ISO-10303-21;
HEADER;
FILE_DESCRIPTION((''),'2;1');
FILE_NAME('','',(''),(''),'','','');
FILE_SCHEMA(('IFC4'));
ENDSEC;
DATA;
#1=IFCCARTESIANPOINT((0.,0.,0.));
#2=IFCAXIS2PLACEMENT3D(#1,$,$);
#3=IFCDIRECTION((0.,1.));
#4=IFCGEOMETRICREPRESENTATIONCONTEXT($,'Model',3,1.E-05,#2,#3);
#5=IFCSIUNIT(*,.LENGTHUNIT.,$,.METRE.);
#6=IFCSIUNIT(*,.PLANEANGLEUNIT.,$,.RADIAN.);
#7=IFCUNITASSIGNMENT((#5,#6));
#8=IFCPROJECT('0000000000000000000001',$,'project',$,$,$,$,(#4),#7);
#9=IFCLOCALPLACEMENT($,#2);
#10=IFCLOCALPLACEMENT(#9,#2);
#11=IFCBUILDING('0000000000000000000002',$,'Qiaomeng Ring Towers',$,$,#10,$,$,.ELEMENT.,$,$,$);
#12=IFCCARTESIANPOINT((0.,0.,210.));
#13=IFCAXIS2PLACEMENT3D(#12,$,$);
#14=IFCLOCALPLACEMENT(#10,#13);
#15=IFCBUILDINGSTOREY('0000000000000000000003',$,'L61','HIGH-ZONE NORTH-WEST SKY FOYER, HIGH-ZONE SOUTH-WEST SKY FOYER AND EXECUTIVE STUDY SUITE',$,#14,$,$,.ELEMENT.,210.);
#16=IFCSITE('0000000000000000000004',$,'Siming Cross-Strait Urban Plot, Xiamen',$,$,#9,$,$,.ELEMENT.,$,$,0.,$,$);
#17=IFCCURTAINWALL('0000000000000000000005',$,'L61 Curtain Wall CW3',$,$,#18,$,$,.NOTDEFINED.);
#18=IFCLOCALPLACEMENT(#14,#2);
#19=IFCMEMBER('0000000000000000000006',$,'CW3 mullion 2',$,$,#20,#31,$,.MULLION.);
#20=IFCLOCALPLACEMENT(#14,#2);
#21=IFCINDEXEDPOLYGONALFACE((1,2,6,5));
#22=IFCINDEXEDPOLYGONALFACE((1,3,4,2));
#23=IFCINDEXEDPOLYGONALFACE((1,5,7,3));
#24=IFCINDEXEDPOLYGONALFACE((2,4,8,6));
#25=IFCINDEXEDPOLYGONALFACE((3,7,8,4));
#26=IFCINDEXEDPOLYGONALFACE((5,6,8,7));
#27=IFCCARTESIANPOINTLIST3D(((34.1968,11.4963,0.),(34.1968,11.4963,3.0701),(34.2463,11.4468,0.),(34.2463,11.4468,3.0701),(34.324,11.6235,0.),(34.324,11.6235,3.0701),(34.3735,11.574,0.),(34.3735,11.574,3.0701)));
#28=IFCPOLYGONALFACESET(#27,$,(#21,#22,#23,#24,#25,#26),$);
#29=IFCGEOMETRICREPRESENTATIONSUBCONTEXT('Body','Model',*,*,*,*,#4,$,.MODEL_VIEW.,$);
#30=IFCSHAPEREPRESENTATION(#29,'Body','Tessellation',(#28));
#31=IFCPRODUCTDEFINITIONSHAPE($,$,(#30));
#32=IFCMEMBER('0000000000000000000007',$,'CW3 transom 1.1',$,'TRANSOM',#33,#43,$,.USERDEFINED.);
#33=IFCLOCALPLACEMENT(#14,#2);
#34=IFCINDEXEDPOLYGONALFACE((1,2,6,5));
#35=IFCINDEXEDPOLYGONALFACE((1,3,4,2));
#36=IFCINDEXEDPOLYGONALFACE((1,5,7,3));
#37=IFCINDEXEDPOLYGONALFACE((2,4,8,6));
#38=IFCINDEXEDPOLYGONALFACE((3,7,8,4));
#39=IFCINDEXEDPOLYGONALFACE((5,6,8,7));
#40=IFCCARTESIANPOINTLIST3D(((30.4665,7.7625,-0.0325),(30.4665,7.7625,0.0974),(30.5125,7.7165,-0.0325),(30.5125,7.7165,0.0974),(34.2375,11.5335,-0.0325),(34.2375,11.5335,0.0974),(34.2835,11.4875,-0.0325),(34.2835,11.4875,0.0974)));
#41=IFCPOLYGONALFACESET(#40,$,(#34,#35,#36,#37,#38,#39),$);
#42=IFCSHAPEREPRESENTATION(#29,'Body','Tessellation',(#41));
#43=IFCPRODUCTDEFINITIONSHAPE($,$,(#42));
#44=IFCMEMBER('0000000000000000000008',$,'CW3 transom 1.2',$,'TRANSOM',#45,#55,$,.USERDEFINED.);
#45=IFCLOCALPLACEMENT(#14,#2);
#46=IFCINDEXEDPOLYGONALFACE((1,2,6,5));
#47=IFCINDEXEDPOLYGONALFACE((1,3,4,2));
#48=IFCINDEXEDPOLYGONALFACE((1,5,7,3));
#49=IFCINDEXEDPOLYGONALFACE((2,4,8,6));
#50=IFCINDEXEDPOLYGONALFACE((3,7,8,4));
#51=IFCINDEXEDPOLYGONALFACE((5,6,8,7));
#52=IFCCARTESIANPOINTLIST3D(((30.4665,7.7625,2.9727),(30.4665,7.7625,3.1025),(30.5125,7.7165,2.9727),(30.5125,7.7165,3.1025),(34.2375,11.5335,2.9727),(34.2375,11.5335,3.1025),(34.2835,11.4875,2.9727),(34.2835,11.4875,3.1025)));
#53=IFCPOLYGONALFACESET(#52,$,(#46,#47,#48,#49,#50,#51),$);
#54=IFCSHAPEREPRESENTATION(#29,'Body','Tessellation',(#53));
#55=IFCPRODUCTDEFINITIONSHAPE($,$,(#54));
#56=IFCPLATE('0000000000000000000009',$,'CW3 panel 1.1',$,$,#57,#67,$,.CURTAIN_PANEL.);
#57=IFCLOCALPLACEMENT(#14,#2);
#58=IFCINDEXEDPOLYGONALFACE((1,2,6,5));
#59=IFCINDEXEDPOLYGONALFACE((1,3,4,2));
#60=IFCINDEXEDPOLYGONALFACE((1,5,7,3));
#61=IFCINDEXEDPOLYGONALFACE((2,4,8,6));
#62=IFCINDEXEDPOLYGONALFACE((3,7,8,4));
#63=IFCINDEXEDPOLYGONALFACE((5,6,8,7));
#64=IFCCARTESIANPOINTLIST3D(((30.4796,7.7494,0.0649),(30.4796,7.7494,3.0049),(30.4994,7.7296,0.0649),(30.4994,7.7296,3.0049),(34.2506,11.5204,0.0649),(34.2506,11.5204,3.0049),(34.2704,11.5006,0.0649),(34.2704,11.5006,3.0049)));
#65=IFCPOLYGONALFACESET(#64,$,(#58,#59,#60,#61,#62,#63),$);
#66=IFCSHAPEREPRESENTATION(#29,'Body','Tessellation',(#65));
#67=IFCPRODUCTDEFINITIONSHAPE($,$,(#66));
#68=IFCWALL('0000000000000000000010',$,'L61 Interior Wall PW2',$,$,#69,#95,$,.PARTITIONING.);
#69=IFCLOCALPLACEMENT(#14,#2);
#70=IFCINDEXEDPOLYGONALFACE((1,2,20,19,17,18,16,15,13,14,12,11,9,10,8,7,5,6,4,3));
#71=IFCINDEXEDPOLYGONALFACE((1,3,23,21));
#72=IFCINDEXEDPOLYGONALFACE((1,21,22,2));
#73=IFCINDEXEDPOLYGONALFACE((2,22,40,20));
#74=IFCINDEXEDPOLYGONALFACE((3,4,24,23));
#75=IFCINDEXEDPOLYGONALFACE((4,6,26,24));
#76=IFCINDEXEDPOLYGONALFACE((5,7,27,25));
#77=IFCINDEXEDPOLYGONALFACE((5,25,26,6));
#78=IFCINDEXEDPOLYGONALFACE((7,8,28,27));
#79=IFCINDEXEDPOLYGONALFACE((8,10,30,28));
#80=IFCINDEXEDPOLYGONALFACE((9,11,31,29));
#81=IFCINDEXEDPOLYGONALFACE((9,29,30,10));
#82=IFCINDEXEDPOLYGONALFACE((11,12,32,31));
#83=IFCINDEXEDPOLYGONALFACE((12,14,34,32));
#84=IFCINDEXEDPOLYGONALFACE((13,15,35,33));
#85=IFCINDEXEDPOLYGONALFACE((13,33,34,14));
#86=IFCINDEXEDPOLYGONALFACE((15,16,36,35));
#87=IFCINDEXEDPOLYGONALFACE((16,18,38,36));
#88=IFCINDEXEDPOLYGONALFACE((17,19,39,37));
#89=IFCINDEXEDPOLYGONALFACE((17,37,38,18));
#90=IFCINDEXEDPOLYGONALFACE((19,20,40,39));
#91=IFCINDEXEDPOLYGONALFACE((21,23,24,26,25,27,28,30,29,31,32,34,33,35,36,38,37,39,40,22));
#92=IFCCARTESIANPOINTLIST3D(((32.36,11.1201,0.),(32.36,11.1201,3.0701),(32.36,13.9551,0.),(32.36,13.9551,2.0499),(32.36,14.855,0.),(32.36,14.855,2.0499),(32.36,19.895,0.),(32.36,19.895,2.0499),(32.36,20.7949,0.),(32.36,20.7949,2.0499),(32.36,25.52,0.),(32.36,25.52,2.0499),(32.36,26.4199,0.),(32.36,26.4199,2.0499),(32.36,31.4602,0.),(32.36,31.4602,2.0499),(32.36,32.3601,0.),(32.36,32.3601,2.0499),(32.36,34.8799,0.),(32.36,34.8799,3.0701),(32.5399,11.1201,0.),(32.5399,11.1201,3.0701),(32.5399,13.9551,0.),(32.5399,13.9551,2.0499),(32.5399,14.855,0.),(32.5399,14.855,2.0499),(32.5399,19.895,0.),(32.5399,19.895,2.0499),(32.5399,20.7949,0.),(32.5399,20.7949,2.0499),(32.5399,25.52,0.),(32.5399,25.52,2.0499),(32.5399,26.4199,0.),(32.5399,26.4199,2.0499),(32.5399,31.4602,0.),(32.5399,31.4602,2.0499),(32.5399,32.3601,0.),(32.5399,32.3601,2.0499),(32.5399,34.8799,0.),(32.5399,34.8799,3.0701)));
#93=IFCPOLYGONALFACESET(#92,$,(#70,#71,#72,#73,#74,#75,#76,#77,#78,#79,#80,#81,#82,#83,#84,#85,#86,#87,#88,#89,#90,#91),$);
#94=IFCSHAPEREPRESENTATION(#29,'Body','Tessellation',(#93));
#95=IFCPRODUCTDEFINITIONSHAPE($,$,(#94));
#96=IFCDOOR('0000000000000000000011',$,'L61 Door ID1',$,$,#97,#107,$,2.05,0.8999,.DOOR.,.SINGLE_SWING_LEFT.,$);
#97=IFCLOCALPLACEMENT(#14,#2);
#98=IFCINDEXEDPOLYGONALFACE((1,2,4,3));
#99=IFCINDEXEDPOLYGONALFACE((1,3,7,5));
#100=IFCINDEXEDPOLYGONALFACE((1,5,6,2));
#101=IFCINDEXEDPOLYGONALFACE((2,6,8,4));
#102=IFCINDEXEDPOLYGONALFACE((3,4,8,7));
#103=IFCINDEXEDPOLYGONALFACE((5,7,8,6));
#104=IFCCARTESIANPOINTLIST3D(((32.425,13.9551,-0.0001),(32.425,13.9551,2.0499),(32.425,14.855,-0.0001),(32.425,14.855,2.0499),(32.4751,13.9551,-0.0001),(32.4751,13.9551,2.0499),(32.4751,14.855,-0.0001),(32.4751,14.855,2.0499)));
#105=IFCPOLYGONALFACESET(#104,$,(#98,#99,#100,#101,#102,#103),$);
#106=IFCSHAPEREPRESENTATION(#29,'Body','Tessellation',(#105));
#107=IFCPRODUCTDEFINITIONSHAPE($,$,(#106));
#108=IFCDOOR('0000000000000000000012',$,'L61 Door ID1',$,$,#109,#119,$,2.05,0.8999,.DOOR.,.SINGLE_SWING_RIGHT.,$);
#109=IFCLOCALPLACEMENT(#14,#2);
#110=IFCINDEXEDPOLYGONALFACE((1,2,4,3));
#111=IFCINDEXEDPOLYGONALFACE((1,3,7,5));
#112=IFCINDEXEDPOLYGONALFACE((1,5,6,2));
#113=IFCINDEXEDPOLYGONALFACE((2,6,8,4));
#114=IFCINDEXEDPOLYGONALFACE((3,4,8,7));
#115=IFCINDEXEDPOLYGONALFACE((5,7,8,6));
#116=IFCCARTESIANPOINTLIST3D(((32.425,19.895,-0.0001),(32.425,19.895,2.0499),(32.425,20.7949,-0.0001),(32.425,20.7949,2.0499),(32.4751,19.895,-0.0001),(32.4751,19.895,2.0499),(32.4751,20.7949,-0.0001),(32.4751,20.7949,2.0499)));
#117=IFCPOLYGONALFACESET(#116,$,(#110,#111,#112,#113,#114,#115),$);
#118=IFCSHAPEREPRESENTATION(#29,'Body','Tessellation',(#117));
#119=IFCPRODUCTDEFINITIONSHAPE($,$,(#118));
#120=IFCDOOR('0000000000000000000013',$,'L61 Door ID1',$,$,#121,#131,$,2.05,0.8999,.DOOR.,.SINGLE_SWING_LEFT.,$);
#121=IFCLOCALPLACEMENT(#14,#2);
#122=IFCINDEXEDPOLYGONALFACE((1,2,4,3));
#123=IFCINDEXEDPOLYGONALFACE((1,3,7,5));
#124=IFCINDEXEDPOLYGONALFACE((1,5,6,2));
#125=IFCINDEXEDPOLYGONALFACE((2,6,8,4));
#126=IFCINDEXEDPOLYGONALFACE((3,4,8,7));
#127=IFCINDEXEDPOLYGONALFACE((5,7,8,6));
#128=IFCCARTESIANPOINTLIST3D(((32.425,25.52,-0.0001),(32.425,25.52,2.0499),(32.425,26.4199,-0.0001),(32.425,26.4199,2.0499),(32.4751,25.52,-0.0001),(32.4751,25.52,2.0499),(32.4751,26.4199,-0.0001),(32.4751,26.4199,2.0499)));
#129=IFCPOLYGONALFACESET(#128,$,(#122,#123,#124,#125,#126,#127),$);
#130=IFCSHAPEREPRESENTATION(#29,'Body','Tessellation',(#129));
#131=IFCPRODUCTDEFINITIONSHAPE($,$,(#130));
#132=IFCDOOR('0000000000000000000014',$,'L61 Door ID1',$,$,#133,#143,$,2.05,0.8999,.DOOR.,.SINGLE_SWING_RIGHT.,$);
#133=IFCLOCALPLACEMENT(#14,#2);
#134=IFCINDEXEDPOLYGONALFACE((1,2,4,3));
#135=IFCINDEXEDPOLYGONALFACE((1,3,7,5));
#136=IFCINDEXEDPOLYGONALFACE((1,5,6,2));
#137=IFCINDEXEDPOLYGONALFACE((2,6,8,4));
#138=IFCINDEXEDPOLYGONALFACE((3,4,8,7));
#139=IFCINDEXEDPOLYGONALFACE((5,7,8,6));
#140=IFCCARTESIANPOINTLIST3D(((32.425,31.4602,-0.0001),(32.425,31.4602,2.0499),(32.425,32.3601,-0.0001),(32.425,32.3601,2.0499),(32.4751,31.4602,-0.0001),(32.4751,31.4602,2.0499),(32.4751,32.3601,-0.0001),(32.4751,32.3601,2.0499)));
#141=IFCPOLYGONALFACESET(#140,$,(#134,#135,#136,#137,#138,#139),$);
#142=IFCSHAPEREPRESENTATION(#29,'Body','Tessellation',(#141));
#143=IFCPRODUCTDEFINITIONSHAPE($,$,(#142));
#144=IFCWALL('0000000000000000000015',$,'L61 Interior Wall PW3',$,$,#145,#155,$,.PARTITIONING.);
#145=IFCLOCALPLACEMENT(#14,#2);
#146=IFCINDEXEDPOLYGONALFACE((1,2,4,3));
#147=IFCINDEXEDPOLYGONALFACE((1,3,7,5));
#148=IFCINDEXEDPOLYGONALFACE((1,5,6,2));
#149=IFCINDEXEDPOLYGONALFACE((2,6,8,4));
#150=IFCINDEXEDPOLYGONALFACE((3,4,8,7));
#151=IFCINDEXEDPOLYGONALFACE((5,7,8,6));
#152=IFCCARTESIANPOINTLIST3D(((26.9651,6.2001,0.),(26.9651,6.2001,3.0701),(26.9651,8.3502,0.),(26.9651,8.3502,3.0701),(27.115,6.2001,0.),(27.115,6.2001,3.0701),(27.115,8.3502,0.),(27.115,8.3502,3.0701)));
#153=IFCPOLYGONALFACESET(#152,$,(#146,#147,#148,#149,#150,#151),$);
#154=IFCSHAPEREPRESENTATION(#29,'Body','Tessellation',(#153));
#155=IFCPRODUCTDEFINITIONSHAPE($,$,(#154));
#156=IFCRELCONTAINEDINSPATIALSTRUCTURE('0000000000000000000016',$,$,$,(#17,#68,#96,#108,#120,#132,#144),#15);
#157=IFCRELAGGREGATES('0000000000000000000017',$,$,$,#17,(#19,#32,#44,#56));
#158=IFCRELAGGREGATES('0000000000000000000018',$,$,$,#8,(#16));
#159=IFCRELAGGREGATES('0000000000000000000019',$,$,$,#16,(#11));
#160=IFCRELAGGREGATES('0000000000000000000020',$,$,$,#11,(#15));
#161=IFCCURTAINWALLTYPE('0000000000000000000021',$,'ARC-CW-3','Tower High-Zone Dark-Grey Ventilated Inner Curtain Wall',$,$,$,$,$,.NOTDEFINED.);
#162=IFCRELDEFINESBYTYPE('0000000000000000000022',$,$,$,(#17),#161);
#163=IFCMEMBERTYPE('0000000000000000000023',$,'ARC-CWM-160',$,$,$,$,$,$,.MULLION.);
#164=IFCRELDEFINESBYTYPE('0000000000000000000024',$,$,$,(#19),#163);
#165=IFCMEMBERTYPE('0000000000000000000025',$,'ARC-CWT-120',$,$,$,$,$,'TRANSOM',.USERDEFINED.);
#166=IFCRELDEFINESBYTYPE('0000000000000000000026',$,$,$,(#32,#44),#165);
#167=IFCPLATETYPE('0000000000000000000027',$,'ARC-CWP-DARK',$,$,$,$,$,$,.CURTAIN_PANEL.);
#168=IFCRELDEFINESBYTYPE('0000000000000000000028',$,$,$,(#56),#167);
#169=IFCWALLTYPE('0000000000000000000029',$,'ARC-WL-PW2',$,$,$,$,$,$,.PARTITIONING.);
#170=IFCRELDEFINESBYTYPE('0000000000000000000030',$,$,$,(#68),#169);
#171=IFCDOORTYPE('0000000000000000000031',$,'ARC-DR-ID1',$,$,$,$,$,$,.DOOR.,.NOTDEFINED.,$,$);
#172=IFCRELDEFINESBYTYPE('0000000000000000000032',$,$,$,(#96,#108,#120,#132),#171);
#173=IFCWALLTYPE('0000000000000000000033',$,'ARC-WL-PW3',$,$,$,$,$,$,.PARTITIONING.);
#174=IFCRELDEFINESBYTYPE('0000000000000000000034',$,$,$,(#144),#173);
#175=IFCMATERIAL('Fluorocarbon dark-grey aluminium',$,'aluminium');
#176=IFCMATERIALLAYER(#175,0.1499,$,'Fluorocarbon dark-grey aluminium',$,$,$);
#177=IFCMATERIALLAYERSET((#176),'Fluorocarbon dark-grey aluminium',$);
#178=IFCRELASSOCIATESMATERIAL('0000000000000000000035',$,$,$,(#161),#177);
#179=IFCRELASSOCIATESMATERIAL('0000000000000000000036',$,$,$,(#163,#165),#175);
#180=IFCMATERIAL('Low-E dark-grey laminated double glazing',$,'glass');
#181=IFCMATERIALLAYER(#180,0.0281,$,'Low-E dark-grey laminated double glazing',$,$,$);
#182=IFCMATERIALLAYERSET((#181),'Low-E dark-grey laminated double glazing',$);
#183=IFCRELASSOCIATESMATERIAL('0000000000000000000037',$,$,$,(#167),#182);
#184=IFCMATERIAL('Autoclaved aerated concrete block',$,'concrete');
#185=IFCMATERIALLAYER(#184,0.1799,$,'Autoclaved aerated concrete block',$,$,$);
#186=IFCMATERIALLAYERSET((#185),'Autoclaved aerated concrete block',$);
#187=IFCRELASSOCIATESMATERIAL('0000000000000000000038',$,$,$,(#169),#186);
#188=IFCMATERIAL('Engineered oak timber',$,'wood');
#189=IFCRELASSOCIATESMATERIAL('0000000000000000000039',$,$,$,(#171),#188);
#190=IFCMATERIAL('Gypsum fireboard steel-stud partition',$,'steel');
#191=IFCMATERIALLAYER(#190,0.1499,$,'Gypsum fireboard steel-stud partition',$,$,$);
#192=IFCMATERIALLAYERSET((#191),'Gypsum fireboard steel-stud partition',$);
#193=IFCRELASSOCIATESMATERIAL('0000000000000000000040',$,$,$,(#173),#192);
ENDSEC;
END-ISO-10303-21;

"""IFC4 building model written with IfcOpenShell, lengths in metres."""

from ifc_helpers import new_model, si_unit, direction, frame, frame_2d, origin, origin_2d, place, context, subcontext, project, spatial, rectangle, extrude, source, transform, mapped, material, layer, layer_set, material_profile, profile_set, type_object, element, fill, aggregate, save


model = new_model("IFC4")

# Units and contexts
model_context = context("Model", 3, precision=1e-05, world=origin(), true_north=direction((0.0, 1.0)))
body_context = subcontext(model_context, "Body", "Model", "MODEL_VIEW")
ifc_project = project(units=[si_unit("LENGTHUNIT", "METRE"), si_unit("PLANEANGLEUNIT", "RADIAN")], contexts=[model_context])

# Site, building, storey
site_placement = place(None, origin())
site = spatial("IfcSite", under=ifc_project, at=site_placement, Name="Siming Cross-Strait Urban Plot, Xiamen", CompositionType="ELEMENT", RefElevation=0.0)
building_placement = place(site_placement, origin())
building = spatial("IfcBuilding", under=site, at=building_placement, Name="Qiaomeng Ring Towers", CompositionType="ELEMENT")
storey_placement = place(building_placement, frame((0.0, 0.0, 210.0)))
storey = spatial("IfcBuildingStorey", under=building, at=storey_placement, Name="L61", Description="HIGH-ZONE NORTH-WEST SKY FOYER, HIGH-ZONE SOUTH-WEST SKY FOYER AND EXECUTIVE STUDY SUITE", CompositionType="ELEMENT", Elevation=210.0)

# Curtain wall, members, plate
ifc_material_1 = material(Name="Fluorocarbon dark-grey aluminium", Category="aluminium")
ifc_layer_1 = layer(ifc_material_1, 0.1499, Name="Fluorocarbon dark-grey aluminium")
ifc_layer_set_1 = layer_set([ifc_layer_1], Name="Fluorocarbon dark-grey aluminium")
curtain_wall_type = type_object("IfcCurtainWallType", Name="ARC-CW-3", Description="Tower High-Zone Dark-Grey Ventilated Inner Curtain Wall", PredefinedType="NOTDEFINED", material=ifc_layer_set_1)
curtain_wall_placement = place(storey_placement, origin())
curtain_wall = element("IfcCurtainWall", 1, at=curtain_wall_placement, inside=storey, type_object=curtain_wall_type, Name="L61 Curtain Wall CW3", PredefinedType="NOTDEFINED")
ifc_material_profile_1 = material_profile(ifc_material_1, rectangle(XDim=0.0701, YDim=0.1799, at=origin_2d()), Name="ALU MULL 70x180")
ifc_profile_set_1 = profile_set([ifc_material_profile_1], Name="Fluorocarbon dark-grey aluminium")
member_type_1 = type_object("IfcMemberType", Name="ARC-CWM-160", PredefinedType="MULLION", material=ifc_profile_set_1)
shared_shape_1 = source(origin(), body_context, "Body", "SweptSolid", [
    extrude(rectangle(XDim=0.0701, YDim=0.1799, at=origin_2d()), origin(), (0.0, 0.0, 1.0), 3.0701),
])
member_1_placement = place(storey_placement, frame((34.2852, 11.5352, 0.0), z_axis=(0.0, 0.0, 1.0), x_axis=(-0.707107, 0.707107, 0.0)))
member_1 = element("IfcMember", 2, at=member_1_placement, type_object=member_type_1, Name="CW3 mullion 2", PredefinedType="MULLION", context=body_context, shape_type="MappedRepresentation", body=[
    mapped(shared_shape_1, transform((0.0, 0.0, 0.0), x_axis=(1.0, 0.0, 0.0), y_axis=(0.0, 1.0, 0.0), z_axis=(0.0, 0.0, 1.0), scale=1.0)),
])
ifc_material_profile_2 = material_profile(ifc_material_1, rectangle(XDim=0.0649, YDim=0.1299, at=origin_2d()), Name="ALU TRAN 65x130")
ifc_profile_set_2 = profile_set([ifc_material_profile_2], Name="Fluorocarbon dark-grey aluminium")
member_type_2 = type_object("IfcMemberType", Name="ARC-CWT-120", ElementType="TRANSOM", PredefinedType="USERDEFINED", material=ifc_profile_set_2)
shared_shape_2 = source(origin(), body_context, "Body", "SweptSolid", [
    extrude(rectangle(XDim=0.0649, YDim=0.1299, at=origin_2d()), origin(), (0.0, 0.0, 1.0), 5.333),
])
member_2_placement = place(storey_placement, frame((30.4895, 7.7395, 0.0325), z_axis=(0.707107, 0.707107, 0.0), x_axis=(-0.707107, 0.707107, 0.0)))
member_2 = element("IfcMember", 3, at=member_2_placement, type_object=member_type_2, Name="CW3 transom 1.1", ObjectType="TRANSOM", PredefinedType="USERDEFINED", context=body_context, shape_type="MappedRepresentation", body=[
    mapped(shared_shape_2, transform((0.0, 0.0, 0.0), x_axis=(1.0, 0.0, 0.0), y_axis=(0.0, 1.0, 0.0), z_axis=(0.0, 0.0, 1.0), scale=1.0)),
])
member_3_placement = place(storey_placement, frame((30.4895, 7.7395, 3.0376), z_axis=(0.707107, 0.707107, 0.0), x_axis=(-0.707107, 0.707107, 0.0)))
member_3 = element("IfcMember", 4, at=member_3_placement, type_object=member_type_2, Name="CW3 transom 1.2", ObjectType="TRANSOM", PredefinedType="USERDEFINED", context=body_context, shape_type="MappedRepresentation", body=[
    mapped(shared_shape_2, transform((0.0, 0.0, 0.0), x_axis=(1.0, 0.0, 0.0), y_axis=(0.0, 1.0, 0.0), z_axis=(0.0, 0.0, 1.0), scale=1.0)),
])
ifc_material_2 = material(Name="Low-E dark-grey laminated double glazing", Category="glass")
ifc_layer_2 = layer(ifc_material_2, 0.0281, Name="Low-E dark-grey laminated double glazing")
ifc_layer_set_2 = layer_set([ifc_layer_2], Name="Low-E dark-grey laminated double glazing")
plate_type = type_object("IfcPlateType", Name="ARC-CWP-DARK", PredefinedType="CURTAIN_PANEL", material=ifc_layer_set_2)
shared_shape_3 = source(origin(), body_context, "Body", "SweptSolid", [
    extrude(rectangle(XDim=5.333, YDim=0.0281, at=origin_2d()), origin(), (0.0, 0.0, 1.0), 2.9399),
])
plate_placement = place(storey_placement, frame((32.375, 9.625, 0.0649), z_axis=(0.0, 0.0, 1.0), x_axis=(0.707107, 0.707107, 0.0)))
plate = element("IfcPlate", 5, at=plate_placement, type_object=plate_type, Name="CW3 panel 1.1", PredefinedType="CURTAIN_PANEL", context=body_context, shape_type="MappedRepresentation", body=[
    mapped(shared_shape_3, transform((0.0, 0.0, 0.0), x_axis=(1.0, 0.0, 0.0), y_axis=(0.0, 1.0, 0.0), z_axis=(0.0, 0.0, 1.0), scale=1.0)),
])
aggregate(curtain_wall, [member_1, member_2, member_3, plate])

# Wall, openings, doors
ifc_material_3 = material(Name="Autoclaved aerated concrete block", Category="concrete")
ifc_layer_3 = layer(ifc_material_3, 0.1799, Name="Autoclaved aerated concrete block")
ifc_layer_set_3 = layer_set([ifc_layer_3], Name="Autoclaved aerated concrete block")
wall_type_1 = type_object("IfcWallType", Name="ARC-WL-PW2", PredefinedType="PARTITIONING", material=ifc_layer_set_3)
wall_1_placement = place(storey_placement, frame((32.45, 11.1201, 0.0), z_axis=(0.0, 0.0, 1.0), x_axis=(0.0, 1.0, 0.0)))
wall_1 = element("IfcWall", 6, at=wall_1_placement, inside=storey, type_object=wall_type_1, Name="L61 Interior Wall PW2", PredefinedType="PARTITIONING", context=body_context, shape_type="SweptSolid", body=[
    extrude(rectangle(XDim=23.7598, YDim=0.1799, at=frame_2d((11.8799, 0.0))), origin(), (0.0, 0.0, 1.0), 3.0701),
])
opening_1_placement = place(wall_1_placement, frame((2.835, 0.0, 0.0)))
opening_1 = element("IfcOpeningElement", 7, at=opening_1_placement, cuts=wall_1, PredefinedType="OPENING", context=body_context, shape_type="SweptSolid", body=[
    extrude(rectangle(XDim=0.8999, YDim=2.05, at=frame_2d((0.45, 1.0249))), frame((0.0, 0.0999, 0.0), z_axis=(0.0, -1.0, 0.0), x_axis=(1.0, 0.0, 0.0)), (0.0, 0.0, 1.0), 0.2),
])
opening_2_placement = place(wall_1_placement, frame((8.7749, 0.0, 0.0)))
opening_2 = element("IfcOpeningElement", 8, at=opening_2_placement, cuts=wall_1, PredefinedType="OPENING", context=body_context, shape_type="SweptSolid", body=[
    extrude(rectangle(XDim=0.8999, YDim=2.05, at=frame_2d((0.45, 1.0249))), frame((0.0, 0.0999, 0.0), z_axis=(0.0, -1.0, 0.0), x_axis=(1.0, 0.0, 0.0)), (0.0, 0.0, 1.0), 0.2),
])
opening_3_placement = place(wall_1_placement, frame((14.3999, 0.0, 0.0)))
opening_3 = element("IfcOpeningElement", 9, at=opening_3_placement, cuts=wall_1, PredefinedType="OPENING", context=body_context, shape_type="SweptSolid", body=[
    extrude(rectangle(XDim=0.8999, YDim=2.05, at=frame_2d((0.45, 1.0249))), frame((0.0, 0.0999, 0.0), z_axis=(0.0, -1.0, 0.0), x_axis=(1.0, 0.0, 0.0)), (0.0, 0.0, 1.0), 0.2),
])
opening_4_placement = place(wall_1_placement, frame((20.3401, 0.0, 0.0)))
opening_4 = element("IfcOpeningElement", 10, at=opening_4_placement, cuts=wall_1, PredefinedType="OPENING", context=body_context, shape_type="SweptSolid", body=[
    extrude(rectangle(XDim=0.8999, YDim=2.05, at=frame_2d((0.45, 1.0249))), frame((0.0, 0.0999, 0.0), z_axis=(0.0, -1.0, 0.0), x_axis=(1.0, 0.0, 0.0)), (0.0, 0.0, 1.0), 0.2),
])
ifc_material_4 = material(Name="Engineered oak timber", Category="wood")
door_type_1 = type_object("IfcDoorType", Name="ARC-DR-ID1", OperationType="NOTDEFINED", PredefinedType="DOOR", material=ifc_material_4)
shared_shape_4 = source(origin(), body_context, "Body", "SweptSolid", [
    extrude(rectangle(XDim=0.8999, YDim=2.05, at=frame_2d((0.45, 1.0249))), frame((0.0, 0.0249, 0.0), z_axis=(0.0, -1.0, 0.0), x_axis=(1.0, 0.0, 0.0)), (0.0, 0.0, 1.0), 0.05),
])
door_1_placement = place(opening_1_placement, origin())
door_1 = element("IfcDoor", 11, at=door_1_placement, inside=storey, type_object=door_type_1, Name="L61 Door ID1", OperationType="SINGLE_SWING_LEFT", OverallHeight=2.05, OverallWidth=0.8999, PredefinedType="DOOR", context=body_context, shape_type="MappedRepresentation", body=[
    mapped(shared_shape_4, transform((0.0, 0.0, 0.0), x_axis=(1.0, 0.0, 0.0), y_axis=(0.0, 1.0, 0.0), z_axis=(0.0, 0.0, 1.0), scale=1.0)),
])
fill(opening_1, door_1)
door_2_placement = place(opening_2_placement, origin())
door_2 = element("IfcDoor", 12, at=door_2_placement, inside=storey, type_object=door_type_1, Name="L61 Door ID1", OperationType="SINGLE_SWING_RIGHT", OverallHeight=2.05, OverallWidth=0.8999, PredefinedType="DOOR", context=body_context, shape_type="MappedRepresentation", body=[
    mapped(shared_shape_4, transform((0.0, 0.0, 0.0), x_axis=(1.0, 0.0, 0.0), y_axis=(0.0, 1.0, 0.0), z_axis=(0.0, 0.0, 1.0), scale=1.0)),
])
fill(opening_2, door_2)
door_3_placement = place(opening_3_placement, origin())
door_3 = element("IfcDoor", 13, at=door_3_placement, inside=storey, type_object=door_type_1, Name="L61 Door ID1", OperationType="SINGLE_SWING_LEFT", OverallHeight=2.05, OverallWidth=0.8999, PredefinedType="DOOR", context=body_context, shape_type="MappedRepresentation", body=[
    mapped(shared_shape_4, transform((0.0, 0.0, 0.0), x_axis=(1.0, 0.0, 0.0), y_axis=(0.0, 1.0, 0.0), z_axis=(0.0, 0.0, 1.0), scale=1.0)),
])
fill(opening_3, door_3)
door_4_placement = place(opening_4_placement, origin())
door_4 = element("IfcDoor", 14, at=door_4_placement, inside=storey, type_object=door_type_1, Name="L61 Door ID1", OperationType="SINGLE_SWING_RIGHT", OverallHeight=2.05, OverallWidth=0.8999, PredefinedType="DOOR", context=body_context, shape_type="MappedRepresentation", body=[
    mapped(shared_shape_4, transform((0.0, 0.0, 0.0), x_axis=(1.0, 0.0, 0.0), y_axis=(0.0, 1.0, 0.0), z_axis=(0.0, 0.0, 1.0), scale=1.0)),
])
fill(opening_4, door_4)

# Wall
ifc_material_5 = material(Name="Gypsum fireboard steel-stud partition", Category="steel")
ifc_layer_4 = layer(ifc_material_5, 0.1499, Name="Gypsum fireboard steel-stud partition")
ifc_layer_set_4 = layer_set([ifc_layer_4], Name="Gypsum fireboard steel-stud partition")
wall_type_2 = type_object("IfcWallType", Name="ARC-WL-PW3", PredefinedType="PARTITIONING", material=ifc_layer_set_4)
wall_2_placement = place(storey_placement, frame((27.04, 6.2, 0.0), z_axis=(0.0, 0.0, 1.0), x_axis=(0.0, 1.0, 0.0)))
element("IfcWall", 15, at=wall_2_placement, inside=storey, type_object=wall_type_2, Name="L61 Interior Wall PW3", PredefinedType="PARTITIONING", context=body_context, shape_type="SweptSolid", body=[
    extrude(rectangle(XDim=2.1501, YDim=0.1499, at=frame_2d((1.0752, 0.0))), origin(), (0.0, 0.0, 1.0), 3.0701),
])

save(model, "model.ifc")
